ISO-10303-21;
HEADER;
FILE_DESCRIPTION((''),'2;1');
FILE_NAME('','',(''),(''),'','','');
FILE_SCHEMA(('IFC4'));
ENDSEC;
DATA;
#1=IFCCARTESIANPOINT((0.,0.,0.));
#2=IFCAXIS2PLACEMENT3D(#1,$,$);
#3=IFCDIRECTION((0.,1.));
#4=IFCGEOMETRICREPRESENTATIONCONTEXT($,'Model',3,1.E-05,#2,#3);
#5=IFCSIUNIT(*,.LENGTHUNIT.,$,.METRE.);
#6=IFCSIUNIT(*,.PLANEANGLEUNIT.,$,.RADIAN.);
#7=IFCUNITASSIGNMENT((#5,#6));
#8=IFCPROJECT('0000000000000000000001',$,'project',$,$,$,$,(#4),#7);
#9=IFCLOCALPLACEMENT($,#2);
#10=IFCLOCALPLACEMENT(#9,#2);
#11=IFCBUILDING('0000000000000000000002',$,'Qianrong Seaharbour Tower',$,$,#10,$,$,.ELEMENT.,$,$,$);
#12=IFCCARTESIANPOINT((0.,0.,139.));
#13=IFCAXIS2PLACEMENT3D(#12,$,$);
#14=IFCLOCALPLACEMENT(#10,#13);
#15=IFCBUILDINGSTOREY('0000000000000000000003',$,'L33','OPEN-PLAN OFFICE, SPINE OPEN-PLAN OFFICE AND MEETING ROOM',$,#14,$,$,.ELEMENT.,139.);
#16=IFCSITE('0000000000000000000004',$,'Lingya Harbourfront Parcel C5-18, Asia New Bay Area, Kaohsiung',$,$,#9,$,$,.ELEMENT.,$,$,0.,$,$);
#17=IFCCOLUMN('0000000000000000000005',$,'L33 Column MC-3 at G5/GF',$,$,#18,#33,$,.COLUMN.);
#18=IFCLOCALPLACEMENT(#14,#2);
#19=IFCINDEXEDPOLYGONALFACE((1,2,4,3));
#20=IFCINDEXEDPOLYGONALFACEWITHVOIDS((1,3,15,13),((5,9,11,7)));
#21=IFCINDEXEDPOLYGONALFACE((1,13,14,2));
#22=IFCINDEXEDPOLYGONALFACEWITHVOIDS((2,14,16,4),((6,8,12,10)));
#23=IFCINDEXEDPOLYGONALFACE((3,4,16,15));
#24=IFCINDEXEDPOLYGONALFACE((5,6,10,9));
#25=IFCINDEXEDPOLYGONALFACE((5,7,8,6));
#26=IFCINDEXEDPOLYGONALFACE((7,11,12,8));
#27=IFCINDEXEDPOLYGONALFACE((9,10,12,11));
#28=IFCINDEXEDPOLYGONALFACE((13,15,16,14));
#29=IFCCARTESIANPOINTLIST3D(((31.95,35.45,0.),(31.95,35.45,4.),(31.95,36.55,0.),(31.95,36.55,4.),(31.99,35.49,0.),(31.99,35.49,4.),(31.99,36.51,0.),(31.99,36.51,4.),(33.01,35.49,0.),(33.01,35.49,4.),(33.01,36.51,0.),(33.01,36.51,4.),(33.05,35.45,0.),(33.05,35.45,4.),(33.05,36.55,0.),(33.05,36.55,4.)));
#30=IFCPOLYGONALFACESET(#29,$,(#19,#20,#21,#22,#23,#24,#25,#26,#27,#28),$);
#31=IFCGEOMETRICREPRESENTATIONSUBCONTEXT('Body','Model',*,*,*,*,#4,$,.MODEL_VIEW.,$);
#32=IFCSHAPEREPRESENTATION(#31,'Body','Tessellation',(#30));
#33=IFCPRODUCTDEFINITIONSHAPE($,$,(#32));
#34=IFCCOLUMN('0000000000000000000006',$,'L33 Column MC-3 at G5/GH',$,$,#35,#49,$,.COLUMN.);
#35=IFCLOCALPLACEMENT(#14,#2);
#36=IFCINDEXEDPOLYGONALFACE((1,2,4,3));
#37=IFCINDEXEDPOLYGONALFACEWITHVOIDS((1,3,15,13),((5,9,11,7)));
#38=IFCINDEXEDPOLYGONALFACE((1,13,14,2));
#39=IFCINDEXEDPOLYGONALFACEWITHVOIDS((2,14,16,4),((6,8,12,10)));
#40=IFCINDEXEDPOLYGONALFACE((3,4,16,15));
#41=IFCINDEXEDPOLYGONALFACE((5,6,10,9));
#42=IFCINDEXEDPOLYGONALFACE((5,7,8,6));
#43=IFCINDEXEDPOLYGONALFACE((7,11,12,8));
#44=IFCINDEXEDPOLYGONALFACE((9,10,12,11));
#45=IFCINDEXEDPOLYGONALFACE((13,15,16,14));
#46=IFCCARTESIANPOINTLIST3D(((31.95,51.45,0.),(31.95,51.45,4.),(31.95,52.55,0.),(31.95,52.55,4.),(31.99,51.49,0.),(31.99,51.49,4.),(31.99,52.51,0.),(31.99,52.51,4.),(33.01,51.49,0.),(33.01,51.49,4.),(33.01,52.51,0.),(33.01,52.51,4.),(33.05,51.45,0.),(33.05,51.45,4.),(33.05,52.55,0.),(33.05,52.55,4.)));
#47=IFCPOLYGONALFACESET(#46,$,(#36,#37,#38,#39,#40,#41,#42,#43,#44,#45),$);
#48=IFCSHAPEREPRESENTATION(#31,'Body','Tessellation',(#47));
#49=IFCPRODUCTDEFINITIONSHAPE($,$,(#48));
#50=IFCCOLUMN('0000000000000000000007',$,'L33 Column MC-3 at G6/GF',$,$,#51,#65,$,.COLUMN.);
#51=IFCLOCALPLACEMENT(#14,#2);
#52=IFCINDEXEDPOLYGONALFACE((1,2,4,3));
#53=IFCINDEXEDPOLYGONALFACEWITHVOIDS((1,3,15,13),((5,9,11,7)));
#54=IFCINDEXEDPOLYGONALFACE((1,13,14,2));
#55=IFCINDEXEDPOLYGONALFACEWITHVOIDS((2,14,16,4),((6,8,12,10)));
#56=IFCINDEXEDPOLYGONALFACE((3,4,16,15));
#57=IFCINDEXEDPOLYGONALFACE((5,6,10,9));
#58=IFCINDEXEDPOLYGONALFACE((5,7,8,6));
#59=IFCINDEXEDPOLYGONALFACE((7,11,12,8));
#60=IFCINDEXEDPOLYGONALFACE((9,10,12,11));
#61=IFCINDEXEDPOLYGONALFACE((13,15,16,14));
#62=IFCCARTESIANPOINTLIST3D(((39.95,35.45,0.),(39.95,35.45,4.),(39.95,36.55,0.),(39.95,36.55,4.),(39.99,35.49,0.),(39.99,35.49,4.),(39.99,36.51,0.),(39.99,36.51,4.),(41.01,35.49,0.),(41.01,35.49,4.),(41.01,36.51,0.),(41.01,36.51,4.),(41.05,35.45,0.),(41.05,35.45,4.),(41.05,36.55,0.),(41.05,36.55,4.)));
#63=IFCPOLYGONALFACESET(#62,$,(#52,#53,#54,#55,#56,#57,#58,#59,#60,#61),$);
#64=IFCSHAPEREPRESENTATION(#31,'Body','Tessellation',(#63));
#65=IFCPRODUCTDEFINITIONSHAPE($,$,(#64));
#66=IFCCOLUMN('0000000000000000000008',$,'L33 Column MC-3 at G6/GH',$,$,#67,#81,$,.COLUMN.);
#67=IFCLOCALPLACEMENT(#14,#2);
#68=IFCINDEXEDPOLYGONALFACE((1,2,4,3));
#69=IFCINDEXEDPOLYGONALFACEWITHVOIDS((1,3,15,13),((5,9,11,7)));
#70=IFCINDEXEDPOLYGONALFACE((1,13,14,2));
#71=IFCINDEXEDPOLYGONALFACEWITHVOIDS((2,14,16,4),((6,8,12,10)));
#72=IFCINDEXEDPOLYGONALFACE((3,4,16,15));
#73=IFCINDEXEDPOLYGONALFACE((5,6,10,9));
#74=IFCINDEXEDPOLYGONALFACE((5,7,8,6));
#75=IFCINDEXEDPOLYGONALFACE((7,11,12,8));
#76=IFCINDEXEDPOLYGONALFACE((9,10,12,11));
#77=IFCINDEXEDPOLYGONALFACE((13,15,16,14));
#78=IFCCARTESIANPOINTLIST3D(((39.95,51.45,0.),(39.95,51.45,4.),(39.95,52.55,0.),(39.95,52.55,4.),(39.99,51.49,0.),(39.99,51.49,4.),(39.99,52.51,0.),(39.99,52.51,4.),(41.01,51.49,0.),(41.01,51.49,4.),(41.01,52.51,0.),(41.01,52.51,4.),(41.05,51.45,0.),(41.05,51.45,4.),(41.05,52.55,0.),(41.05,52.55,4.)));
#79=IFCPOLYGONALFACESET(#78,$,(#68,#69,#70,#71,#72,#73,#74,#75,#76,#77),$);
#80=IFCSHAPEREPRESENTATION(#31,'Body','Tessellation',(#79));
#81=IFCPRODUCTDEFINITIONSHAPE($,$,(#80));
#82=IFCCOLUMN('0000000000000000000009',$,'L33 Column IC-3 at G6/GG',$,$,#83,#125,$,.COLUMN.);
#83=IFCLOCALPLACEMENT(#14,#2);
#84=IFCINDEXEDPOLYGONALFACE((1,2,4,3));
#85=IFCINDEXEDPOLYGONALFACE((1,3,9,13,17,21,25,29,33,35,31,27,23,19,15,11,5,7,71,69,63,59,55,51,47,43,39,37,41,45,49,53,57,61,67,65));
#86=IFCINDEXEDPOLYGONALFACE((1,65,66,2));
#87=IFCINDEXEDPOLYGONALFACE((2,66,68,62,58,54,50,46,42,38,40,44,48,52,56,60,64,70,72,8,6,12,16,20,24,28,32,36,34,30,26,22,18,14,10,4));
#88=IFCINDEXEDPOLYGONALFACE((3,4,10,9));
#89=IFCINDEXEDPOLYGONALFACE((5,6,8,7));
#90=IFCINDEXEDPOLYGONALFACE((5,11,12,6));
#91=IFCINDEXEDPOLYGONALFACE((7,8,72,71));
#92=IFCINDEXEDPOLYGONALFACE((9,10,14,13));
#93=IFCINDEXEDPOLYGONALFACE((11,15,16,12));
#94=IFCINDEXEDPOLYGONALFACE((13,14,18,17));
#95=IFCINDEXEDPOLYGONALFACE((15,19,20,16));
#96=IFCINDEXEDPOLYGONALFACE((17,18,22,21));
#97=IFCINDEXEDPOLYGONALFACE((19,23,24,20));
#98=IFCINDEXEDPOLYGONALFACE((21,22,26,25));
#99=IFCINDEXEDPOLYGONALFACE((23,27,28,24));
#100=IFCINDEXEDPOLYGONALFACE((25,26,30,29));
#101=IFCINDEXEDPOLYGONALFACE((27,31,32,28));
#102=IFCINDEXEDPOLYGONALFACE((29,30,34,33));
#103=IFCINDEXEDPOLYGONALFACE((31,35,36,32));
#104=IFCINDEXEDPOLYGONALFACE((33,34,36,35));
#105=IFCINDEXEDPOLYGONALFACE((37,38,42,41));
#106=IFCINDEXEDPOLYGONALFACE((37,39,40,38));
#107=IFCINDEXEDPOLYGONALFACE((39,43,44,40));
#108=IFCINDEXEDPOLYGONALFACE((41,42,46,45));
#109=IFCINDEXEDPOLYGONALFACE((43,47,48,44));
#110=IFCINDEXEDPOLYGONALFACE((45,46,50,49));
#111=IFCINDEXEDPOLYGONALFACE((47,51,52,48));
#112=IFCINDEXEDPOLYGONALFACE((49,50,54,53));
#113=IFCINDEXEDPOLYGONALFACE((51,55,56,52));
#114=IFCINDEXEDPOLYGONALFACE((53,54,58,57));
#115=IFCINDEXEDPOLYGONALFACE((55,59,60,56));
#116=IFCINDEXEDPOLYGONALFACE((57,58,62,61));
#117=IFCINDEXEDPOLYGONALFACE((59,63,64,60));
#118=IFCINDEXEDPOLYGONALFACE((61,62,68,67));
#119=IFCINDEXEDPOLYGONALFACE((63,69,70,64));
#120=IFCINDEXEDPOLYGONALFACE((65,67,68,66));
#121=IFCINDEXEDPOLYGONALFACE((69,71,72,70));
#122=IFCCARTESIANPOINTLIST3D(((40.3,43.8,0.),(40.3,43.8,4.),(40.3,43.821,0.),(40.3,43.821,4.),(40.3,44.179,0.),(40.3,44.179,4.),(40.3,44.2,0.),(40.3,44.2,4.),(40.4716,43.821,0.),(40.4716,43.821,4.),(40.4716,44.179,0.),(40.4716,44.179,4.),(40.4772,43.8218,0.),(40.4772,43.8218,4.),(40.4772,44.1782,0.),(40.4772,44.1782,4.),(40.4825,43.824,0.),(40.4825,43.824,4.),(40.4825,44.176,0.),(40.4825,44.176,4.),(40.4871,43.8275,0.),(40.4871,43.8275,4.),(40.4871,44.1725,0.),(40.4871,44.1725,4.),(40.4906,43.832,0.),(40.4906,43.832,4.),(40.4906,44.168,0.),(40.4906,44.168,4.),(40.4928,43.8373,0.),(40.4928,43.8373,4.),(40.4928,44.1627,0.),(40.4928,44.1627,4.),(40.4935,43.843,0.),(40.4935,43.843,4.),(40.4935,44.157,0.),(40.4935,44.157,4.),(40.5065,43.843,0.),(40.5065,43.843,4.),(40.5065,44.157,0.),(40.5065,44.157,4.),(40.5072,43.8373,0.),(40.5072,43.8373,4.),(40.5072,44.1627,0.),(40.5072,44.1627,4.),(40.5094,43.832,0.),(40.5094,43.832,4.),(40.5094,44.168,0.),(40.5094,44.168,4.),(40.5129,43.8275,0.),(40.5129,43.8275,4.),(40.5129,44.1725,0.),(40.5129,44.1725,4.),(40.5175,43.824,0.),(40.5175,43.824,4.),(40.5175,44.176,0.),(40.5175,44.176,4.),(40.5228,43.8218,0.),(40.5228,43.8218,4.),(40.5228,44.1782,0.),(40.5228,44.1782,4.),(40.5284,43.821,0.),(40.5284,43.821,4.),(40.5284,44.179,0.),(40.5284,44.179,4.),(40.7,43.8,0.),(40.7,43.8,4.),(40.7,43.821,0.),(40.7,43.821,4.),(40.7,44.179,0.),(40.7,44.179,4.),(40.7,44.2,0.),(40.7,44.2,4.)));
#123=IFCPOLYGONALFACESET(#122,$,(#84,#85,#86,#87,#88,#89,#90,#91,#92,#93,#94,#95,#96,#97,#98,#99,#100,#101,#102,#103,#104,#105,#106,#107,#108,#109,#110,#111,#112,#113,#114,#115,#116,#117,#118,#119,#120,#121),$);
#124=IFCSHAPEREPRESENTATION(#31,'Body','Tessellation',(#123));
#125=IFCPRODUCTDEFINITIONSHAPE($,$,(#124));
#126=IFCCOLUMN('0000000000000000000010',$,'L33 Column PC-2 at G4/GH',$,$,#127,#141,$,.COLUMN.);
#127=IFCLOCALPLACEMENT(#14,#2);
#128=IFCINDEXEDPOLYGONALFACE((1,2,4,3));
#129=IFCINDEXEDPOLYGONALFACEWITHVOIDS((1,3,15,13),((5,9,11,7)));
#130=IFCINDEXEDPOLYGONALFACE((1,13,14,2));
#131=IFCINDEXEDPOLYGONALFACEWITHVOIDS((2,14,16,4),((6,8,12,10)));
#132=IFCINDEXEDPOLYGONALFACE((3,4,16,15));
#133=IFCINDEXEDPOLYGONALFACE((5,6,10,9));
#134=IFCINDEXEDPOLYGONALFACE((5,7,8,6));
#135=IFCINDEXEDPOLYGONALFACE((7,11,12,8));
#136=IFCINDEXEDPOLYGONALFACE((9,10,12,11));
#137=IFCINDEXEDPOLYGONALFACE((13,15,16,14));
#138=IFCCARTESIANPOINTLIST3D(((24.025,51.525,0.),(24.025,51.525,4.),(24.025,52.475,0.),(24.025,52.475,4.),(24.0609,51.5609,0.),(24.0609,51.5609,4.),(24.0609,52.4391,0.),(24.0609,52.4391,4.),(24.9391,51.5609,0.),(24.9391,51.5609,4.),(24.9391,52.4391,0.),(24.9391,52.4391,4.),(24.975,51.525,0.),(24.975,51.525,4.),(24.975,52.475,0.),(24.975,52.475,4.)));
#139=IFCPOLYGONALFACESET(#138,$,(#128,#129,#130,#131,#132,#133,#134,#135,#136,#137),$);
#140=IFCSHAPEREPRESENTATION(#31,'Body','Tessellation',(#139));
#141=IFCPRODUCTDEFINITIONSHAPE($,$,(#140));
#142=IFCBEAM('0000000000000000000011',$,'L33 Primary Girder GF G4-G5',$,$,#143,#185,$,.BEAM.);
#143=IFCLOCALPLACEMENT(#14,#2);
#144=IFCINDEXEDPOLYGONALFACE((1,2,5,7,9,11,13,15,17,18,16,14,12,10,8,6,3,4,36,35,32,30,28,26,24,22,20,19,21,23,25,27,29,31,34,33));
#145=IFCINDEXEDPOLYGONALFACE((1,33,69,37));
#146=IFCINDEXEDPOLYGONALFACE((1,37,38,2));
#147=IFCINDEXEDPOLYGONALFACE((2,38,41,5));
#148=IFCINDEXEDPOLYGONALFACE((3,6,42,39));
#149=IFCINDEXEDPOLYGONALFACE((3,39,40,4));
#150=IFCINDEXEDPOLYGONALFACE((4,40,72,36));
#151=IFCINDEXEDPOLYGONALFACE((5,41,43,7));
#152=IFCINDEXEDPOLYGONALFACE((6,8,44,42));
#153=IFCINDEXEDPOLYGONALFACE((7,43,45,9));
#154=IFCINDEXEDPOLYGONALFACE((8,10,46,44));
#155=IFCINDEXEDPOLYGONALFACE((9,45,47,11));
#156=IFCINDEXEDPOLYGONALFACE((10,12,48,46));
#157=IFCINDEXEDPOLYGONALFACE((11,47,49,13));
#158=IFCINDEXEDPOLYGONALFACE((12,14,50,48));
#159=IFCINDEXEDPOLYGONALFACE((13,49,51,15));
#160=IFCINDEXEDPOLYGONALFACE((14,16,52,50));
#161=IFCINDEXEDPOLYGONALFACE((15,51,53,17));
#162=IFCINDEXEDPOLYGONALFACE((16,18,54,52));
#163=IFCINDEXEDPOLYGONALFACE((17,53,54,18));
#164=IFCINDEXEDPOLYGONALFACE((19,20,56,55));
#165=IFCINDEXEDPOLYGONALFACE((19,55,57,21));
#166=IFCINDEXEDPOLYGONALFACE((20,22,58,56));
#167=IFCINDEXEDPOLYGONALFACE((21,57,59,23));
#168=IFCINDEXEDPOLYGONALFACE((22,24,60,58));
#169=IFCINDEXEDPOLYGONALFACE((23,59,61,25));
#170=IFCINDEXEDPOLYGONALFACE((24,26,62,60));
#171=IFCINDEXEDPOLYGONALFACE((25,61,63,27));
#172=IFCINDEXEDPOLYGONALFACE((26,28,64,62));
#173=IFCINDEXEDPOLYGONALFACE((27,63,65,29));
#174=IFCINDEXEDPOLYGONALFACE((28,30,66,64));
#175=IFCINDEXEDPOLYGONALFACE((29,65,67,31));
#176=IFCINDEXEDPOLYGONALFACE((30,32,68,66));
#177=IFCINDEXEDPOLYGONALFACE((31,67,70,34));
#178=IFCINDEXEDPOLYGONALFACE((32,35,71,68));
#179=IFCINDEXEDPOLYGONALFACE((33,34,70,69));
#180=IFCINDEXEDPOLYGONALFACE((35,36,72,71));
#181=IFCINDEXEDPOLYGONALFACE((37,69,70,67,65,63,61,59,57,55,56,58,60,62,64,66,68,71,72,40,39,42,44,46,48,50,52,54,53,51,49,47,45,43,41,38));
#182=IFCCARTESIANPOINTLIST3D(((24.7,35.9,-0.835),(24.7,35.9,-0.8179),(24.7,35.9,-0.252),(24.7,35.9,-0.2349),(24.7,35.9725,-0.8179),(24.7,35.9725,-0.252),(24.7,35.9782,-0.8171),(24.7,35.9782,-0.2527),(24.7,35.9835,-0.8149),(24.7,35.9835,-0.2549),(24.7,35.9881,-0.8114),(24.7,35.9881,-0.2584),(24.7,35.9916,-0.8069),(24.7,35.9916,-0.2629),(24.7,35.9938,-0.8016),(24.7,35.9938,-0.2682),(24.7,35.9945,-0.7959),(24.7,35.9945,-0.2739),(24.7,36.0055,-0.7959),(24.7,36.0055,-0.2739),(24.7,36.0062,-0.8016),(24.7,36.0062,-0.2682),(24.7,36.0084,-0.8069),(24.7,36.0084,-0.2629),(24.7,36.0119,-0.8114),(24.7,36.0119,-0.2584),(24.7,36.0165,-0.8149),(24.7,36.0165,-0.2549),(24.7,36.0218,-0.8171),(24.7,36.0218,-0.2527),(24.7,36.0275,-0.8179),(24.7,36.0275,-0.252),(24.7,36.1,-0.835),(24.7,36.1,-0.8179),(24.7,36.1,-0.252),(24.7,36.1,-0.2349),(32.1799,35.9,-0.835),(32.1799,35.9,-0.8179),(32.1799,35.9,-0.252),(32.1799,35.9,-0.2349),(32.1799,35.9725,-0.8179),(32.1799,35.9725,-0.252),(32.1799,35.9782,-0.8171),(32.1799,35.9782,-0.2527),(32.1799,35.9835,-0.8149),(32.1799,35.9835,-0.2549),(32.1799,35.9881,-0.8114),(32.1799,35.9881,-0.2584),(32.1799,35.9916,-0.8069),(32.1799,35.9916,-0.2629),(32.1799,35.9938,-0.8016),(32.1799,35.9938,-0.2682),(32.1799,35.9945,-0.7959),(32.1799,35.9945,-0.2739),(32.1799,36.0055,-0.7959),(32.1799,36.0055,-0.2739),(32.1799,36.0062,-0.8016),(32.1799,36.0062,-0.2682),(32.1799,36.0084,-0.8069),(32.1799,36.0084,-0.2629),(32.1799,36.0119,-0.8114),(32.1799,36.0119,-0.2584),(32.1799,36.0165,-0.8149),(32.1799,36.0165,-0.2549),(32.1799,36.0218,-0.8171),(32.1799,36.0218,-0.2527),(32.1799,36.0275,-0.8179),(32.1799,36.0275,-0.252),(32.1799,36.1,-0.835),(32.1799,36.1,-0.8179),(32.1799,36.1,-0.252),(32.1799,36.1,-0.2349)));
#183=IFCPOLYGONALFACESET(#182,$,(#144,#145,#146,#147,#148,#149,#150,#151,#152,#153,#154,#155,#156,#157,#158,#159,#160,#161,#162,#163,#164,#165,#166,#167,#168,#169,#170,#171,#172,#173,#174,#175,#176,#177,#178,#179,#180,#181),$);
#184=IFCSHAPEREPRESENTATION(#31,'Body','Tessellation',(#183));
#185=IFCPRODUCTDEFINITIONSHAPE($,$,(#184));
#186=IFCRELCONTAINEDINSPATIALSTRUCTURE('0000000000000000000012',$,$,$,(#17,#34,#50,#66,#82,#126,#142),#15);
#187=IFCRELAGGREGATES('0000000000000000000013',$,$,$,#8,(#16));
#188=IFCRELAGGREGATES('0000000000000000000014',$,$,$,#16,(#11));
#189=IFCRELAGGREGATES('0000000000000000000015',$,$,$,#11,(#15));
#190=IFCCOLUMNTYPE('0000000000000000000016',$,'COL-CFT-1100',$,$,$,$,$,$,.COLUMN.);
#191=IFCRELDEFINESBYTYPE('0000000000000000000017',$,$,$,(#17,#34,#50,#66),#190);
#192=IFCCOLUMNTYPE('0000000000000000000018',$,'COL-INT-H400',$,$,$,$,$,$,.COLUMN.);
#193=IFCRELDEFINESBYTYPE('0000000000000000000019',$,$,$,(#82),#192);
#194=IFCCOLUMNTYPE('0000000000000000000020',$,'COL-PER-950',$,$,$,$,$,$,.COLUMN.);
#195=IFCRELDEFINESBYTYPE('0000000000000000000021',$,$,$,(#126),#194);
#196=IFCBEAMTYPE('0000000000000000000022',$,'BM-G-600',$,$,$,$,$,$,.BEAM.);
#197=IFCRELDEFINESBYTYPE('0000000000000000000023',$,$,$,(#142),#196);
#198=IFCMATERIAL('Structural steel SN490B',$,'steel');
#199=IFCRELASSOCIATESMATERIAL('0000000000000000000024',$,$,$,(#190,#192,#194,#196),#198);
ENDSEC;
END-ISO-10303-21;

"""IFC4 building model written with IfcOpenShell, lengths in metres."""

from ifc_helpers import new_model, si_unit, direction, frame, origin, origin_2d, place, context, subcontext, project, spatial, hollow_rectangle, i_section, extrude, material, material_profile, profile_set, type_object, element, save


model = new_model("IFC4")

# Units and contexts
model_context = context("Model", 3, precision=1e-05, world=origin(), true_north=direction((0.0, 1.0)))
body_context = subcontext(model_context, "Body", "Model", "MODEL_VIEW")
ifc_project = project(units=[si_unit("LENGTHUNIT", "METRE"), si_unit("PLANEANGLEUNIT", "RADIAN")], contexts=[model_context])

# Site, building, storey
site_placement = place(None, origin())
site = spatial("IfcSite", under=ifc_project, at=site_placement, Name="Lingya Harbourfront Parcel C5-18, Asia New Bay Area, Kaohsiung", CompositionType="ELEMENT", RefElevation=0.0)
building_placement = place(site_placement, origin())
building = spatial("IfcBuilding", under=site, at=building_placement, Name="Qianrong Seaharbour Tower", CompositionType="ELEMENT")
storey_placement = place(building_placement, frame((0.0, 0.0, 139.0)))
storey = spatial("IfcBuildingStorey", under=building, at=storey_placement, Name="L33", Description="OPEN-PLAN OFFICE, SPINE OPEN-PLAN OFFICE AND MEETING ROOM", CompositionType="ELEMENT", Elevation=139.0)

# Columns
ifc_material_1 = material(Name="Structural steel SN490B", Category="steel")
ifc_material_profile_1 = material_profile(ifc_material_1, hollow_rectangle(XDim=1.1001, YDim=1.1001, WallThickness=0.04, at=origin_2d()), Name="BOX1100x1100x40")
ifc_profile_set_1 = profile_set([ifc_material_profile_1], Name="Structural steel SN490B")
column_type_1 = type_object("IfcColumnType", Name="COL-CFT-1100", PredefinedType="COLUMN", material=ifc_profile_set_1)
for number, where, z_axis, x_axis, name in (
    (1, (32.5, 36.0, 0.0), (0.0, 0.0, 1.0), (1.0, 0.0, 0.0), "L33 Column MC-3 at G5/GF"),
    (2, (32.5, 52.0, 0.0), (0.0, 0.0, 1.0), (1.0, 0.0, 0.0), "L33 Column MC-3 at G5/GH"),
    (3, (40.5, 36.0, 0.0), (0.0, 0.0, 1.0), (1.0, 0.0, 0.0), "L33 Column MC-3 at G6/GF"),
    (4, (40.5, 52.0, 0.0), (0.0, 0.0, 1.0), (1.0, 0.0, 0.0), "L33 Column MC-3 at G6/GH"),
):
    element("IfcColumn", number, at=place(storey_placement, frame(where, z_axis=z_axis, x_axis=x_axis)), inside=storey, type_object=column_type_1, Name=name, PredefinedType="COLUMN", context=body_context, shape_type="SweptSolid", body=[
        extrude(hollow_rectangle(XDim=1.1001, YDim=1.1001, WallThickness=0.04, at=origin_2d()), origin(), (0.0, 0.0, 1.0), 4.0),
    ])
ifc_material_profile_2 = material_profile(ifc_material_1, i_section(OverallWidth=0.3999, OverallDepth=0.3999, WebThickness=0.0129, FlangeThickness=0.021, FilletRadius=0.022, at=origin_2d()), Name="H400x400x13x21")
ifc_profile_set_2 = profile_set([ifc_material_profile_2], Name="Structural steel SN490B")
column_type_2 = type_object("IfcColumnType", Name="COL-INT-H400", PredefinedType="COLUMN", material=ifc_profile_set_2)
column_1_placement = place(storey_placement, frame((40.5, 44.0, 0.0), z_axis=(0.0, 0.0, 1.0), x_axis=(1.0, 0.0, 0.0)))
element("IfcColumn", 5, at=column_1_placement, inside=storey, type_object=column_type_2, Name="L33 Column IC-3 at G6/GG", PredefinedType="COLUMN", context=body_context, shape_type="SweptSolid", body=[
    extrude(i_section(OverallWidth=0.3999, OverallDepth=0.3999, WebThickness=0.0129, FlangeThickness=0.021, FilletRadius=0.022, at=origin_2d()), origin(), (0.0, 0.0, 1.0), 4.0),
])
ifc_material_profile_3 = material_profile(ifc_material_1, hollow_rectangle(XDim=0.95, YDim=0.95, WallThickness=0.0359, at=origin_2d()), Name="BOX950x950x36")
ifc_profile_set_3 = profile_set([ifc_material_profile_3], Name="Structural steel SN490B")
column_type_3 = type_object("IfcColumnType", Name="COL-PER-950", PredefinedType="COLUMN", material=ifc_profile_set_3)
column_2_placement = place(storey_placement, frame((24.5, 52.0, 0.0), z_axis=(0.0, 0.0, 1.0), x_axis=(1.0, 0.0, 0.0)))
element("IfcColumn", 6, at=column_2_placement, inside=storey, type_object=column_type_3, Name="L33 Column PC-2 at G4/GH", PredefinedType="COLUMN", context=body_context, shape_type="SweptSolid", body=[
    extrude(hollow_rectangle(XDim=0.95, YDim=0.95, WallThickness=0.0359, at=origin_2d()), origin(), (0.0, 0.0, 1.0), 4.0),
])

# Beam
ifc_material_profile_4 = material_profile(ifc_material_1, i_section(OverallWidth=0.2, OverallDepth=0.6001, WebThickness=0.011, FlangeThickness=0.0171, FilletRadius=0.022, at=origin_2d()), Name="H600x200x11x17")
ifc_profile_set_4 = profile_set([ifc_material_profile_4], Name="Structural steel SN490B")
beam_type_1 = type_object("IfcBeamType", Name="BM-G-600", PredefinedType="BEAM", material=ifc_profile_set_4)
beam_1_placement = place(storey_placement, frame((24.7, 36.0, -0.5349), z_axis=(1.0, 0.0, 0.0), x_axis=(0.0, 1.0, 0.0)))
element("IfcBeam", 7, at=beam_1_placement, inside=storey, type_object=beam_type_1, Name="L33 Primary Girder GF G4-G5", PredefinedType="BEAM", context=body_context, shape_type="SweptSolid", body=[
    extrude(i_section(OverallWidth=0.2, OverallDepth=0.6001, WebThickness=0.011, FlangeThickness=0.0171, FilletRadius=0.022, at=origin_2d()), origin(), (0.0, 0.0, 1.0), 7.48),
])

save(model, "model.ifc")
